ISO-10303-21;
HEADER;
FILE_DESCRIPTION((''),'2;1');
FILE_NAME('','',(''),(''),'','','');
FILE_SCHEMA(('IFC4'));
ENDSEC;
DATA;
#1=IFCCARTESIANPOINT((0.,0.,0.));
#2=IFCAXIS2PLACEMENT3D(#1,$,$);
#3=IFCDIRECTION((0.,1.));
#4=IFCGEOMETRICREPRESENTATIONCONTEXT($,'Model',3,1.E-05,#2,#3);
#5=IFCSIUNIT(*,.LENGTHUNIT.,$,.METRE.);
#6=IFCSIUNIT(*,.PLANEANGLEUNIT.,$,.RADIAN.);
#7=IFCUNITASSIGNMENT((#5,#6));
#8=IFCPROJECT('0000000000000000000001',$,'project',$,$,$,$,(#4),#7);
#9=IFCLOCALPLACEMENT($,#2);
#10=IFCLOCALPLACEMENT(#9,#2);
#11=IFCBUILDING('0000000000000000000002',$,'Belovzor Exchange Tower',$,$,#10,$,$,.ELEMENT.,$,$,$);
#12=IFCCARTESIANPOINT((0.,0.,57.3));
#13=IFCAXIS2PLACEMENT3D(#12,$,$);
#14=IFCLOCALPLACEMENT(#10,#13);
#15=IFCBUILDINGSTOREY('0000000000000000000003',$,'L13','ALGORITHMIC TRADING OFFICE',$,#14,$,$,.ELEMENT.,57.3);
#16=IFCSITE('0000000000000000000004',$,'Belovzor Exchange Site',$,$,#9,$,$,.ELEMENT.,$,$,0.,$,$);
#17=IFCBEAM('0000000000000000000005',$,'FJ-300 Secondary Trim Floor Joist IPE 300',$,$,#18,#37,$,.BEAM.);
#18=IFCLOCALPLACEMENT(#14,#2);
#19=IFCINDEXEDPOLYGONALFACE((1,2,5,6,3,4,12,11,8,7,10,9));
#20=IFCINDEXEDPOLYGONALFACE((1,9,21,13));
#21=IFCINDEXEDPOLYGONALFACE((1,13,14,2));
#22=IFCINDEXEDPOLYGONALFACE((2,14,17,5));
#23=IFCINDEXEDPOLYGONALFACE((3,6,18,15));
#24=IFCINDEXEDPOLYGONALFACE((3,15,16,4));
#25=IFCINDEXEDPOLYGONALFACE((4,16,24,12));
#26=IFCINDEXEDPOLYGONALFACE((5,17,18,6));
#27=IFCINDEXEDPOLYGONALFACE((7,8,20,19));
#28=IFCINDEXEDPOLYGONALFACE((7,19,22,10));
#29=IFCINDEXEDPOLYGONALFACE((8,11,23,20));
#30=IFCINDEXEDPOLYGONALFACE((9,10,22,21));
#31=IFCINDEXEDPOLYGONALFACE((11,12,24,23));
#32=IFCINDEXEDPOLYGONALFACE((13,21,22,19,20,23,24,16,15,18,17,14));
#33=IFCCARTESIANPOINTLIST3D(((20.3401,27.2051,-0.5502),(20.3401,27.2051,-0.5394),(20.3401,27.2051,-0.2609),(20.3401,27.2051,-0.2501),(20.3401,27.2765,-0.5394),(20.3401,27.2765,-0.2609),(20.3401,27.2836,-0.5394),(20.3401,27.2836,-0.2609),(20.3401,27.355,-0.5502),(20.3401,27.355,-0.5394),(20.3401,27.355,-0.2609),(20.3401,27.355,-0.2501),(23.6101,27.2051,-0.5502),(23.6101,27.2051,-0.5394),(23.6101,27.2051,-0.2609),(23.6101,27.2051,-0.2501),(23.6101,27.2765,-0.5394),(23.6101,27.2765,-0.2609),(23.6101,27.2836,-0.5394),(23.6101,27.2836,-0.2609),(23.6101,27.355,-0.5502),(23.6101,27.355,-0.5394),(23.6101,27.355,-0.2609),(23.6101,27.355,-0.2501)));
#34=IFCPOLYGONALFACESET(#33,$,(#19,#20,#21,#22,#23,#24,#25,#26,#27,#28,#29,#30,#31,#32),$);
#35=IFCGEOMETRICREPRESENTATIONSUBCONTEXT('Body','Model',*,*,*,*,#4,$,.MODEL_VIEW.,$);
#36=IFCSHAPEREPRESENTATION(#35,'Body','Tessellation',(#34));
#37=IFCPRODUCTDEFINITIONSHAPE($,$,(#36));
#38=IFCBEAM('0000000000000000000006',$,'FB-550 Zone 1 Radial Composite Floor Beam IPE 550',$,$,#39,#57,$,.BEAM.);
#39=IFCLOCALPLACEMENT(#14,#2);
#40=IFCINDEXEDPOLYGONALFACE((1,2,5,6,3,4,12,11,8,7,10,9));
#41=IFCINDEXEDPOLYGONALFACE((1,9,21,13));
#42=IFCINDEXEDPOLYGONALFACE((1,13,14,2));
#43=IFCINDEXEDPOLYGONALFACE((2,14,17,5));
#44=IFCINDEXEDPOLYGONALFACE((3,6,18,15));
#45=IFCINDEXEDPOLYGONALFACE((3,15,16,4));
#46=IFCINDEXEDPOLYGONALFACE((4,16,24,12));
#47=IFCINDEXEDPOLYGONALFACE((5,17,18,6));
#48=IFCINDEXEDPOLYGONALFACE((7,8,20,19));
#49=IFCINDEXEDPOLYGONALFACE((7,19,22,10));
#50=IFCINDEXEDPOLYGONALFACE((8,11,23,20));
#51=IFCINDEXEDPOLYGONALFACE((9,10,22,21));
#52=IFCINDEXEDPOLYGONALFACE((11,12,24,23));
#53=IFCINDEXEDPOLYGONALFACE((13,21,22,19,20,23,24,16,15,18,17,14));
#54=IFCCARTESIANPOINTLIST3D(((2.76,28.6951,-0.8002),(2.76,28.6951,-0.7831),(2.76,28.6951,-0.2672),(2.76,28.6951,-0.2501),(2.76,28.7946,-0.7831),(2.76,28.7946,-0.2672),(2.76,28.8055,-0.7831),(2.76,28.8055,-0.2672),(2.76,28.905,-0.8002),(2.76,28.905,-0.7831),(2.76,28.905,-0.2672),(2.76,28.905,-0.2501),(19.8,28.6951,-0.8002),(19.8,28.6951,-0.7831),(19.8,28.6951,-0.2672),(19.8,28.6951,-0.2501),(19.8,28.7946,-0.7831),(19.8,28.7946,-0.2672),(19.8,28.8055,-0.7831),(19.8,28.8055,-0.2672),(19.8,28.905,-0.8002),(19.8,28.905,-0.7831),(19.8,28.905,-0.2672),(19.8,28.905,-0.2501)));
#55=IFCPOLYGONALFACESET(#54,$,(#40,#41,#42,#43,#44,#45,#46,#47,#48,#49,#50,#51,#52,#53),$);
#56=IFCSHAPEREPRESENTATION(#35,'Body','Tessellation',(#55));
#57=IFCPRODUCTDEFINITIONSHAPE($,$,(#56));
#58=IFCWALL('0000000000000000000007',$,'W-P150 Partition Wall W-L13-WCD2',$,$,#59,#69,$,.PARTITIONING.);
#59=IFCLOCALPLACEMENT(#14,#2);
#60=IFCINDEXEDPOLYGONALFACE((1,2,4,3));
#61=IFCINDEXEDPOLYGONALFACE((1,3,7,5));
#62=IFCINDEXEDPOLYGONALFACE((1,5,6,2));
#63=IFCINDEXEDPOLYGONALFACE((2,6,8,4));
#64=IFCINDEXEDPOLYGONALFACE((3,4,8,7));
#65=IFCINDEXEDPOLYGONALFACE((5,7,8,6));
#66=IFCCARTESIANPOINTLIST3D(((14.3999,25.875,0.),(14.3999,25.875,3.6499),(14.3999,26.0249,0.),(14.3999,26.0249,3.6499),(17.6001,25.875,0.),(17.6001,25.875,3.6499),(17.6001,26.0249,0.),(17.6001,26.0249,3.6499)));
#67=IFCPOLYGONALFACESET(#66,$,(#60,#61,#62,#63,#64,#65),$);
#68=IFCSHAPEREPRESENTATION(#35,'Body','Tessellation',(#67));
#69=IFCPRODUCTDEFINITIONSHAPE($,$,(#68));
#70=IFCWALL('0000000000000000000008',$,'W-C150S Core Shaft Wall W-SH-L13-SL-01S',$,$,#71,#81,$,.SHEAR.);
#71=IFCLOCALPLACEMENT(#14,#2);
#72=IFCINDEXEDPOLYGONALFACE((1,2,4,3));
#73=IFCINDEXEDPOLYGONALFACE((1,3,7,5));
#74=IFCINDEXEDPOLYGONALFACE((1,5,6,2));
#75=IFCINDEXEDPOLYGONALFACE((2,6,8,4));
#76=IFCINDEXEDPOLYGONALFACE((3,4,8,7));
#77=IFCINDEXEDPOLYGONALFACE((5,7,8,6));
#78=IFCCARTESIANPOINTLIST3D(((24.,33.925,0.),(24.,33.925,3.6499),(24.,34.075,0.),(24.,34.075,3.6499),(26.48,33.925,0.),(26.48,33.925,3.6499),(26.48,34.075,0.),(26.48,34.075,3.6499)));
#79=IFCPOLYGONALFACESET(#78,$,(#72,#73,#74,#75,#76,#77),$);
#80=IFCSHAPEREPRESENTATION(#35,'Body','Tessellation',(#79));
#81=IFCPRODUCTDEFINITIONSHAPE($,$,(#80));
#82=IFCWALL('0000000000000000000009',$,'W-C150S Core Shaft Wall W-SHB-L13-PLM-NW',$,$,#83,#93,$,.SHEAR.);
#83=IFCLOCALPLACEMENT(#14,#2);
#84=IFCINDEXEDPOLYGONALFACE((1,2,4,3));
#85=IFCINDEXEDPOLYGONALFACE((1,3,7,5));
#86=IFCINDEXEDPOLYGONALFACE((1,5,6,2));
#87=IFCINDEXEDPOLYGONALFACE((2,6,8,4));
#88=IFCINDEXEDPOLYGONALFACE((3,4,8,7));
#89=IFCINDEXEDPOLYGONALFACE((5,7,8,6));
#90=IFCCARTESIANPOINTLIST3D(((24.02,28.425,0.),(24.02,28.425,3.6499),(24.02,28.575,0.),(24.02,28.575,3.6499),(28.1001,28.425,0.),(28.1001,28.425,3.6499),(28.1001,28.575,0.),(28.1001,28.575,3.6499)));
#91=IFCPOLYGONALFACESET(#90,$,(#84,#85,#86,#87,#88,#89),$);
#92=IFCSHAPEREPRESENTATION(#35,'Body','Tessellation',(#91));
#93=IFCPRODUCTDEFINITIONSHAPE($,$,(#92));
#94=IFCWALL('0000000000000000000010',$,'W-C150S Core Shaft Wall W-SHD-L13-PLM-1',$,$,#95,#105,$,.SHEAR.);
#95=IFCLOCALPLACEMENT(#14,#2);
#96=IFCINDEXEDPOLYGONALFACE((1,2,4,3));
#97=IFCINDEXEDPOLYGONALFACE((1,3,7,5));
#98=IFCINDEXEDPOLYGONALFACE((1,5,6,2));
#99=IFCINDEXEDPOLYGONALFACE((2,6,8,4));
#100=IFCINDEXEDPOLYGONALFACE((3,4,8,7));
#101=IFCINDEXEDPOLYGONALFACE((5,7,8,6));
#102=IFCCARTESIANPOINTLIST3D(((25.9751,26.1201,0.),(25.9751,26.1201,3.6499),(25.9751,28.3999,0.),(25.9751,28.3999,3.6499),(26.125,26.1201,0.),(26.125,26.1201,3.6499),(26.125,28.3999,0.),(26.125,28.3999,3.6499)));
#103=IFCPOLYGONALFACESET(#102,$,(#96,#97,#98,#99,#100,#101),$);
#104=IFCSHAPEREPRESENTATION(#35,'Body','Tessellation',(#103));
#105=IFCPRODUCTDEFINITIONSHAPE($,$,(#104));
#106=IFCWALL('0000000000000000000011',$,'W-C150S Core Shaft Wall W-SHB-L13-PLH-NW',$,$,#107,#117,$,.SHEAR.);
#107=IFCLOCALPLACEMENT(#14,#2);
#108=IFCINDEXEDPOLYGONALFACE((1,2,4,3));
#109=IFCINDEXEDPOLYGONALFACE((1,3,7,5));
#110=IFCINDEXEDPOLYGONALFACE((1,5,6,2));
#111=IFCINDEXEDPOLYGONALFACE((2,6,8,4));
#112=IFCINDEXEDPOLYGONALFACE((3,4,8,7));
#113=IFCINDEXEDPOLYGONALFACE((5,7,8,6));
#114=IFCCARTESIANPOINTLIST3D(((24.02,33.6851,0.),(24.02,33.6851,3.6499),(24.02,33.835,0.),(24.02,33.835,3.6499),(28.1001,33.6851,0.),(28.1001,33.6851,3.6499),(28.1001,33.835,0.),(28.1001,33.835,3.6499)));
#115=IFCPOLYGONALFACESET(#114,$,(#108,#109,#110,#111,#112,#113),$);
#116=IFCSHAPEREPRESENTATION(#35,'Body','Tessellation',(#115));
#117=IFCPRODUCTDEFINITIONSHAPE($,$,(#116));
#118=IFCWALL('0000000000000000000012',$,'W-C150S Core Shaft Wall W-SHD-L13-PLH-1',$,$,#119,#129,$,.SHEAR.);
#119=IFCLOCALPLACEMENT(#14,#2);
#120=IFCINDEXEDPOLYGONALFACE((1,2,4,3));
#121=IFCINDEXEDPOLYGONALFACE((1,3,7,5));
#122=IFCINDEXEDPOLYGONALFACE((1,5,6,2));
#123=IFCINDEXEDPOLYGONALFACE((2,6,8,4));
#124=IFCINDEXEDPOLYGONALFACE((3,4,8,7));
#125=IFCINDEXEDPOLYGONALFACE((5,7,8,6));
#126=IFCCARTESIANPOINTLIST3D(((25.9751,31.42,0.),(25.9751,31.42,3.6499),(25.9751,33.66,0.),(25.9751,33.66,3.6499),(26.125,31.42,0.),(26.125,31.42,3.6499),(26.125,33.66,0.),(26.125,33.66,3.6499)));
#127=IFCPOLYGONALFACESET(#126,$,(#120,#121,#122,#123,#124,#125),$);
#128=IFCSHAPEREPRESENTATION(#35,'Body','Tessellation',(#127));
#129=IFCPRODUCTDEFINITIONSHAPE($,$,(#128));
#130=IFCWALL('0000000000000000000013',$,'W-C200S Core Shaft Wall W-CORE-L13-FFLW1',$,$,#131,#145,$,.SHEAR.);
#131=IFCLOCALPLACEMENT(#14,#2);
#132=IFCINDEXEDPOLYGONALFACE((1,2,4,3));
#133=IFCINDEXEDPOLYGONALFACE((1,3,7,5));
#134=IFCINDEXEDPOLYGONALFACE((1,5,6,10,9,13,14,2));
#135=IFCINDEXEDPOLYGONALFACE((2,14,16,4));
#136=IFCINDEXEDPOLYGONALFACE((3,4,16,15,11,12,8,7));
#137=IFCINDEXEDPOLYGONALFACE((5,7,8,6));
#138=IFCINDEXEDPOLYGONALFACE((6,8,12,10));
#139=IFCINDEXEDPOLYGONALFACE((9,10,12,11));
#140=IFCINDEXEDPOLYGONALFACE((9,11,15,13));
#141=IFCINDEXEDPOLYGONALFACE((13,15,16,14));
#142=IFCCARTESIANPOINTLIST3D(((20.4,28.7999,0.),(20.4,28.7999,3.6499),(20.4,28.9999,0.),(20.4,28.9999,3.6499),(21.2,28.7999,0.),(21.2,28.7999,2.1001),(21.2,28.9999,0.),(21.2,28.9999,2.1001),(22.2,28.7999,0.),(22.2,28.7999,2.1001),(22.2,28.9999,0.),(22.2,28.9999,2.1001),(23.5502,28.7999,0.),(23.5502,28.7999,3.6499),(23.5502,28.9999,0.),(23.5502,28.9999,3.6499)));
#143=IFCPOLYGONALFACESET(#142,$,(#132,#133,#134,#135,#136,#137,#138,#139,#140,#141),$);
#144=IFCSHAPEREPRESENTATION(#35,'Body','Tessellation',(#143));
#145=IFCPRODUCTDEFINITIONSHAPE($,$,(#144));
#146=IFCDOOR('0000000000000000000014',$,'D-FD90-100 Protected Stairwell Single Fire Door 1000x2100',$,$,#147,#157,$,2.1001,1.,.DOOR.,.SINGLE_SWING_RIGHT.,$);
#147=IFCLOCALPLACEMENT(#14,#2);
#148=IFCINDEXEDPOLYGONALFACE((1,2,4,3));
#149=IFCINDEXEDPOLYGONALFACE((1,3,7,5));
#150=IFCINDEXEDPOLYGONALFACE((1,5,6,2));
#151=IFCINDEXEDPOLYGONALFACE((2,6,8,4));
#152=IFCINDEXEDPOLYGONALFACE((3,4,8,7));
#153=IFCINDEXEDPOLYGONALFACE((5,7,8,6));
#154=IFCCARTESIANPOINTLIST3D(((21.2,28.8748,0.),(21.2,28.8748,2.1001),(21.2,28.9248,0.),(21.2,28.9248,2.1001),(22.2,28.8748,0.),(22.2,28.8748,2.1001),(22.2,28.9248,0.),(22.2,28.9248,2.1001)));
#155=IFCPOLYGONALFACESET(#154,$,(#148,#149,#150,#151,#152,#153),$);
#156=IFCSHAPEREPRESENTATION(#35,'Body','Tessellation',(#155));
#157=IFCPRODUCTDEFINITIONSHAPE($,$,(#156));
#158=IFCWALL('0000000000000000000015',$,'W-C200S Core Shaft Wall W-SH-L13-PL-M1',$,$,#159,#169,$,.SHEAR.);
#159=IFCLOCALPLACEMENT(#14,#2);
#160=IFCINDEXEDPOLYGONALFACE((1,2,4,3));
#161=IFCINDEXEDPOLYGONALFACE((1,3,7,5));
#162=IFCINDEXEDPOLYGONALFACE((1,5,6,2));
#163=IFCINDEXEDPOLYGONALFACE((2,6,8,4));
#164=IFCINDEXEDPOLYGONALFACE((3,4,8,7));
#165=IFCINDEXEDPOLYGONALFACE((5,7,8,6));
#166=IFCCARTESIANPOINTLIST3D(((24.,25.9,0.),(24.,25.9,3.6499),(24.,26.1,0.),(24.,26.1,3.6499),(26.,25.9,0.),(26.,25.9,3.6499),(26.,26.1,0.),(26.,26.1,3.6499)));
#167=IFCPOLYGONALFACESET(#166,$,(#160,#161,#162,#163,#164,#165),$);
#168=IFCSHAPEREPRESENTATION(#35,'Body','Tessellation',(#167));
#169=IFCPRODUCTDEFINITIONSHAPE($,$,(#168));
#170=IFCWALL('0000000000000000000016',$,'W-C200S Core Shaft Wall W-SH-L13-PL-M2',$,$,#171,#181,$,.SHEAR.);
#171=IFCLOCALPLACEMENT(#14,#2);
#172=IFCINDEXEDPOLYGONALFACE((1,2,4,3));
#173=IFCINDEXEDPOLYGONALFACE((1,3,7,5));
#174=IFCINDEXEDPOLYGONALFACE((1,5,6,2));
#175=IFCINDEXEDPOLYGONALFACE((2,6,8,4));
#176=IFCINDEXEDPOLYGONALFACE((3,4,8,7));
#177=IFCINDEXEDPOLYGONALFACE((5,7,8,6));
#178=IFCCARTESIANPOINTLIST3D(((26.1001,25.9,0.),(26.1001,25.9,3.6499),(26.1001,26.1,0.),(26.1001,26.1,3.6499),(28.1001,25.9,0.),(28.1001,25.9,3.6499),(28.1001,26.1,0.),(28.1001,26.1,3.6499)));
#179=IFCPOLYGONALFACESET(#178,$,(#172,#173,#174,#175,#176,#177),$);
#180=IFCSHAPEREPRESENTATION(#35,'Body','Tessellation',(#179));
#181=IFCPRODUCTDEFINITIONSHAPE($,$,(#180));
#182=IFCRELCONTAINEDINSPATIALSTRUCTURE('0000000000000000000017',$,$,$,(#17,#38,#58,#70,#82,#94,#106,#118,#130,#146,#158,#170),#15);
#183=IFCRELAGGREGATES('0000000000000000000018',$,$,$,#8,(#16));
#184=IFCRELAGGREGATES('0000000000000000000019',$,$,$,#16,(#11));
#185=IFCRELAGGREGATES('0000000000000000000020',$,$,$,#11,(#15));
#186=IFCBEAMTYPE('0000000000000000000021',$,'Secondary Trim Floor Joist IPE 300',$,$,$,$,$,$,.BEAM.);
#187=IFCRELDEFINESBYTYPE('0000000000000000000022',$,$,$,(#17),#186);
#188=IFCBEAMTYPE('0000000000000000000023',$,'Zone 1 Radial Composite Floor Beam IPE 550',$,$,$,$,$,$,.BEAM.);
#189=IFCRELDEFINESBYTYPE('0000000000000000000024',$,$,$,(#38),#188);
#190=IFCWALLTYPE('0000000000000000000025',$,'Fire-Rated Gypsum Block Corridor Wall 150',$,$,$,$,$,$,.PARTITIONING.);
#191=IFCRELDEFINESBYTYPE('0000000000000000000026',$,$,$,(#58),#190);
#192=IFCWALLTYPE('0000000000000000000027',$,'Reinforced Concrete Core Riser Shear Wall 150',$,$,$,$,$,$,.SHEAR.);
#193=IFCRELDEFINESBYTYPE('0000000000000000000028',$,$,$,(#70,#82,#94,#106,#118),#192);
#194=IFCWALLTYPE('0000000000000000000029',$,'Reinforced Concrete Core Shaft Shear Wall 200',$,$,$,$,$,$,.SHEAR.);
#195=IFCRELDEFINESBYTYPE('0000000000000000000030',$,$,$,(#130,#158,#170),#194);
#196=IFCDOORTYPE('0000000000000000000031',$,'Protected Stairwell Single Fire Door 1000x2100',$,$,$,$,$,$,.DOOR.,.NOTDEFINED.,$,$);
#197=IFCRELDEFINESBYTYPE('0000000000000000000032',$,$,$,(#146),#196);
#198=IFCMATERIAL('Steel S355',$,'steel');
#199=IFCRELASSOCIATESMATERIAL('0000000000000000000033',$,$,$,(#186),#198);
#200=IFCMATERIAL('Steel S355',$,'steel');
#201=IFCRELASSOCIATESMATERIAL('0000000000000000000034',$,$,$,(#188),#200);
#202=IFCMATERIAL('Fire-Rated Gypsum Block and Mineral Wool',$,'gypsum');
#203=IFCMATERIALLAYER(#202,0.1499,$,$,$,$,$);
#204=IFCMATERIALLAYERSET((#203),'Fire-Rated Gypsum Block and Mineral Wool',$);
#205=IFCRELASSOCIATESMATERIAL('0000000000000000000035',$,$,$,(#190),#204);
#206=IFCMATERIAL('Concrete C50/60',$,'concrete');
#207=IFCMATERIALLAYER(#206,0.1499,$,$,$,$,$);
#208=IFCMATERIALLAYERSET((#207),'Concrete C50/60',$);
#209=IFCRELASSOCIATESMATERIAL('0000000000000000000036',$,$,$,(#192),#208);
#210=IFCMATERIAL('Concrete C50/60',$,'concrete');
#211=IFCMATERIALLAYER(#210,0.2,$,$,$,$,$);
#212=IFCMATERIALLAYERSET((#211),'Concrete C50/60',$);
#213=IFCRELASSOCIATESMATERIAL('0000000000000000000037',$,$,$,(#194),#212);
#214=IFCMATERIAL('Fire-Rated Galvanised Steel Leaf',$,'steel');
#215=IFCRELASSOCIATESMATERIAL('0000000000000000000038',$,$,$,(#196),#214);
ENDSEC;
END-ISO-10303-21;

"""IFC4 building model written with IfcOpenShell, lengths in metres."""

from ifc_helpers import new_model, si_unit, direction, frame, frame_2d, origin, origin_2d, place, context, subcontext, project, spatial, rectangle, i_section, extrude, material, layer, layer_set, material_profile, profile_set, type_object, element, fill, save


model = new_model("IFC4")

# Units and contexts
model_context = context("Model", 3, precision=1e-05, world=origin(), true_north=direction((0.0, 1.0)))
body_context = subcontext(model_context, "Body", "Model", "MODEL_VIEW")
ifc_project = project(units=[si_unit("LENGTHUNIT", "METRE"), si_unit("PLANEANGLEUNIT", "RADIAN")], contexts=[model_context])

# Site, building, storey
site_placement = place(None, origin())
site = spatial("IfcSite", under=ifc_project, at=site_placement, Name="Belovzor Exchange Site", CompositionType="ELEMENT", RefElevation=0.0)
building_placement = place(site_placement, origin())
building = spatial("IfcBuilding", under=site, at=building_placement, Name="Belovzor Exchange Tower", CompositionType="ELEMENT")
storey_placement = place(building_placement, frame((0.0, 0.0, 57.3)))
storey = spatial("IfcBuildingStorey", under=building, at=storey_placement, Name="L13", Description="ALGORITHMIC TRADING OFFICE", CompositionType="ELEMENT", Elevation=57.3)

# Beams
ifc_material_1 = material(Name="Steel S355", Category="steel")
ifc_material_profile_1 = material_profile(ifc_material_1, i_section(OverallWidth=0.1499, OverallDepth=0.3, WebThickness=0.0071, FlangeThickness=0.0107, at=origin_2d()))
ifc_profile_set_1 = profile_set([ifc_material_profile_1], Name="Steel S355")
beam_type_1 = type_object("IfcBeamType", Name="Secondary Trim Floor Joist IPE 300", PredefinedType="BEAM", material=ifc_profile_set_1)
beam_1_placement = place(storey_placement, frame((20.3401, 27.28, -0.4001), z_axis=(1.0, 0.0, 0.0), x_axis=(0.0, 1.0, 0.0)))
element("IfcBeam", 1, at=beam_1_placement, inside=storey, type_object=beam_type_1, Name="FJ-300 Secondary Trim Floor Joist IPE 300", PredefinedType="BEAM", context=body_context, shape_type="SweptSolid", body=[
    extrude(i_section(OverallWidth=0.1499, OverallDepth=0.3, WebThickness=0.0071, FlangeThickness=0.0107, at=origin_2d()), origin(), (0.0, 0.0, 1.0), 3.27),
])
ifc_material_2 = material(Name="Steel S355", Category="steel")
ifc_material_profile_2 = material_profile(ifc_material_2, i_section(OverallWidth=0.21, OverallDepth=0.55, WebThickness=0.011, FlangeThickness=0.0171, at=origin_2d()))
ifc_profile_set_2 = profile_set([ifc_material_profile_2], Name="Steel S355")
beam_type_2 = type_object("IfcBeamType", Name="Zone 1 Radial Composite Floor Beam IPE 550", PredefinedType="BEAM", material=ifc_profile_set_2)
beam_2_placement = place(storey_placement, frame((19.8, 28.8, -0.5251), z_axis=(-1.0, 0.0, 0.0), x_axis=(0.0, -1.0, 0.0)))
element("IfcBeam", 2, at=beam_2_placement, inside=storey, type_object=beam_type_2, Name="FB-550 Zone 1 Radial Composite Floor Beam IPE 550", PredefinedType="BEAM", context=body_context, shape_type="SweptSolid", body=[
    extrude(i_section(OverallWidth=0.21, OverallDepth=0.55, WebThickness=0.011, FlangeThickness=0.0171, at=origin_2d()), origin(), (0.0, 0.0, 1.0), 17.04),
])

# Walls
ifc_material_3 = material(Name="Fire-Rated Gypsum Block and Mineral Wool", Category="gypsum")
ifc_layer_1 = layer(ifc_material_3, 0.1499)
ifc_layer_set_1 = layer_set([ifc_layer_1], Name="Fire-Rated Gypsum Block and Mineral Wool")
wall_type_1 = type_object("IfcWallType", Name="Fire-Rated Gypsum Block Corridor Wall 150", PredefinedType="PARTITIONING", material=ifc_layer_set_1)
wall_1_placement = place(storey_placement, frame((14.3999, 25.95, 0.0), z_axis=(0.0, 0.0, 1.0), x_axis=(1.0, 0.0, 0.0)))
element("IfcWall", 3, at=wall_1_placement, inside=storey, type_object=wall_type_1, Name="W-P150 Partition Wall W-L13-WCD2", PredefinedType="PARTITIONING", context=body_context, shape_type="SweptSolid", body=[
    extrude(rectangle(XDim=3.2002, YDim=0.1499, at=frame_2d((1.6001, 0.0))), origin(), (0.0, 0.0, 1.0), 3.6499),
])
ifc_material_4 = material(Name="Concrete C50/60", Category="concrete")
ifc_layer_2 = layer(ifc_material_4, 0.1499)
ifc_layer_set_2 = layer_set([ifc_layer_2], Name="Concrete C50/60")
wall_type_2 = type_object("IfcWallType", Name="Reinforced Concrete Core Riser Shear Wall 150", PredefinedType="SHEAR", material=ifc_layer_set_2)
wall_2_placement = place(storey_placement, frame((24.0, 34.0, 0.0), z_axis=(0.0, 0.0, 1.0), x_axis=(1.0, 0.0, 0.0)))
element("IfcWall", 4, at=wall_2_placement, inside=storey, type_object=wall_type_2, Name="W-C150S Core Shaft Wall W-SH-L13-SL-01S", PredefinedType="SHEAR", context=body_context, shape_type="SweptSolid", body=[
    extrude(rectangle(XDim=2.48, YDim=0.1499, at=frame_2d((1.24, 0.0))), origin(), (0.0, 0.0, 1.0), 3.6499),
])
wall_3_placement = place(storey_placement, frame((24.02, 28.5, 0.0), z_axis=(0.0, 0.0, 1.0), x_axis=(1.0, 0.0, 0.0)))
element("IfcWall", 5, at=wall_3_placement, inside=storey, type_object=wall_type_2, Name="W-C150S Core Shaft Wall W-SHB-L13-PLM-NW", PredefinedType="SHEAR", context=body_context, shape_type="SweptSolid", body=[
    extrude(rectangle(XDim=4.0801, YDim=0.1499, at=frame_2d((2.04, 0.0))), origin(), (0.0, 0.0, 1.0), 3.6499),
])
wall_4_placement = place(storey_placement, frame((26.05, 26.1201, 0.0), z_axis=(0.0, 0.0, 1.0), x_axis=(0.0, 1.0, 0.0)))
element("IfcWall", 6, at=wall_4_placement, inside=storey, type_object=wall_type_2, Name="W-C150S Core Shaft Wall W-SHD-L13-PLM-1", PredefinedType="SHEAR", context=body_context, shape_type="SweptSolid", body=[
    extrude(rectangle(XDim=2.2798, YDim=0.1499, at=frame_2d((1.1399, 0.0))), origin(), (0.0, 0.0, 1.0), 3.6499),
])
wall_5_placement = place(storey_placement, frame((24.02, 33.76, 0.0), z_axis=(0.0, 0.0, 1.0), x_axis=(1.0, 0.0, 0.0)))
element("IfcWall", 7, at=wall_5_placement, inside=storey, type_object=wall_type_2, Name="W-C150S Core Shaft Wall W-SHB-L13-PLH-NW", PredefinedType="SHEAR", context=body_context, shape_type="SweptSolid", body=[
    extrude(rectangle(XDim=4.0801, YDim=0.1499, at=frame_2d((2.04, 0.0))), origin(), (0.0, 0.0, 1.0), 3.6499),
])
wall_6_placement = place(storey_placement, frame((26.05, 31.4199, 0.0), z_axis=(0.0, 0.0, 1.0), x_axis=(0.0, 1.0, 0.0)))
element("IfcWall", 8, at=wall_6_placement, inside=storey, type_object=wall_type_2, Name="W-C150S Core Shaft Wall W-SHD-L13-PLH-1", PredefinedType="SHEAR", context=body_context, shape_type="SweptSolid", body=[
    extrude(rectangle(XDim=2.24, YDim=0.1499, at=frame_2d((1.1201, 0.0))), origin(), (0.0, 0.0, 1.0), 3.6499),
])

# Wall, opening, door
ifc_material_5 = material(Name="Concrete C50/60", Category="concrete")
ifc_layer_3 = layer(ifc_material_5, 0.2)
ifc_layer_set_3 = layer_set([ifc_layer_3], Name="Concrete C50/60")
wall_type_3 = type_object("IfcWallType", Name="Reinforced Concrete Core Shaft Shear Wall 200", PredefinedType="SHEAR", material=ifc_layer_set_3)
wall_7_placement = place(storey_placement, frame((20.3999, 28.8999, 0.0), z_axis=(0.0, 0.0, 1.0), x_axis=(1.0, 0.0, 0.0)))
wall_7 = element("IfcWall", 9, at=wall_7_placement, inside=storey, type_object=wall_type_3, Name="W-C200S Core Shaft Wall W-CORE-L13-FFLW1", PredefinedType="SHEAR", context=body_context, shape_type="SweptSolid", body=[
    extrude(rectangle(XDim=3.1501, YDim=0.2, at=frame_2d((1.5752, 0.0))), origin(), (0.0, 0.0, 1.0), 3.6499),
])
opening_1_placement = place(wall_7_placement, frame((0.8, 0.0, 0.0)))
opening_1 = element("IfcOpeningElement", 10, at=opening_1_placement, cuts=wall_7, PredefinedType="OPENING", context=body_context, shape_type="SweptSolid", body=[
    extrude(rectangle(XDim=1.0, YDim=2.1001, at=frame_2d((0.5, 1.05))), frame((0.0, 0.1099, 0.0), z_axis=(0.0, -1.0, 0.0), x_axis=(1.0, 0.0, 0.0)), (0.0, 0.0, 1.0), 0.22),
])
ifc_material_6 = material(Name="Fire-Rated Galvanised Steel Leaf", Category="steel")
door_type_1 = type_object("IfcDoorType", Name="Protected Stairwell Single Fire Door 1000x2100", OperationType="NOTDEFINED", PredefinedType="DOOR", material=ifc_material_6)
door_1_placement = place(opening_1_placement, origin())
door_1 = element("IfcDoor", 11, at=door_1_placement, inside=storey, type_object=door_type_1, Name="D-FD90-100 Protected Stairwell Single Fire Door 1000x2100", OperationType="SINGLE_SWING_RIGHT", OverallHeight=2.1001, OverallWidth=1.0, PredefinedType="DOOR", context=body_context, shape_type="SweptSolid", body=[
    extrude(rectangle(XDim=1.0, YDim=2.1001, at=frame_2d((0.5, 1.05))), frame((0.0, 0.0249, 0.0), z_axis=(0.0, -1.0, 0.0), x_axis=(1.0, 0.0, 0.0)), (0.0, 0.0, 1.0), 0.05),
])
fill(opening_1, door_1)

# Walls
for number, where, z_axis, x_axis, name in (
    (12, (24.0, 26.0, 0.0), (0.0, 0.0, 1.0), (1.0, 0.0, 0.0), "W-C200S Core Shaft Wall W-SH-L13-PL-M1"),
    (13, (26.1001, 26.0, 0.0), (0.0, 0.0, 1.0), (1.0, 0.0, 0.0), "W-C200S Core Shaft Wall W-SH-L13-PL-M2"),
):
    element("IfcWall", number, at=place(storey_placement, frame(where, z_axis=z_axis, x_axis=x_axis)), inside=storey, type_object=wall_type_3, Name=name, PredefinedType="SHEAR", context=body_context, shape_type="SweptSolid", body=[
        extrude(rectangle(XDim=2.0, YDim=0.2, at=frame_2d((1.0, 0.0))), origin(), (0.0, 0.0, 1.0), 3.6499),
    ])

save(model, "model.ifc")
